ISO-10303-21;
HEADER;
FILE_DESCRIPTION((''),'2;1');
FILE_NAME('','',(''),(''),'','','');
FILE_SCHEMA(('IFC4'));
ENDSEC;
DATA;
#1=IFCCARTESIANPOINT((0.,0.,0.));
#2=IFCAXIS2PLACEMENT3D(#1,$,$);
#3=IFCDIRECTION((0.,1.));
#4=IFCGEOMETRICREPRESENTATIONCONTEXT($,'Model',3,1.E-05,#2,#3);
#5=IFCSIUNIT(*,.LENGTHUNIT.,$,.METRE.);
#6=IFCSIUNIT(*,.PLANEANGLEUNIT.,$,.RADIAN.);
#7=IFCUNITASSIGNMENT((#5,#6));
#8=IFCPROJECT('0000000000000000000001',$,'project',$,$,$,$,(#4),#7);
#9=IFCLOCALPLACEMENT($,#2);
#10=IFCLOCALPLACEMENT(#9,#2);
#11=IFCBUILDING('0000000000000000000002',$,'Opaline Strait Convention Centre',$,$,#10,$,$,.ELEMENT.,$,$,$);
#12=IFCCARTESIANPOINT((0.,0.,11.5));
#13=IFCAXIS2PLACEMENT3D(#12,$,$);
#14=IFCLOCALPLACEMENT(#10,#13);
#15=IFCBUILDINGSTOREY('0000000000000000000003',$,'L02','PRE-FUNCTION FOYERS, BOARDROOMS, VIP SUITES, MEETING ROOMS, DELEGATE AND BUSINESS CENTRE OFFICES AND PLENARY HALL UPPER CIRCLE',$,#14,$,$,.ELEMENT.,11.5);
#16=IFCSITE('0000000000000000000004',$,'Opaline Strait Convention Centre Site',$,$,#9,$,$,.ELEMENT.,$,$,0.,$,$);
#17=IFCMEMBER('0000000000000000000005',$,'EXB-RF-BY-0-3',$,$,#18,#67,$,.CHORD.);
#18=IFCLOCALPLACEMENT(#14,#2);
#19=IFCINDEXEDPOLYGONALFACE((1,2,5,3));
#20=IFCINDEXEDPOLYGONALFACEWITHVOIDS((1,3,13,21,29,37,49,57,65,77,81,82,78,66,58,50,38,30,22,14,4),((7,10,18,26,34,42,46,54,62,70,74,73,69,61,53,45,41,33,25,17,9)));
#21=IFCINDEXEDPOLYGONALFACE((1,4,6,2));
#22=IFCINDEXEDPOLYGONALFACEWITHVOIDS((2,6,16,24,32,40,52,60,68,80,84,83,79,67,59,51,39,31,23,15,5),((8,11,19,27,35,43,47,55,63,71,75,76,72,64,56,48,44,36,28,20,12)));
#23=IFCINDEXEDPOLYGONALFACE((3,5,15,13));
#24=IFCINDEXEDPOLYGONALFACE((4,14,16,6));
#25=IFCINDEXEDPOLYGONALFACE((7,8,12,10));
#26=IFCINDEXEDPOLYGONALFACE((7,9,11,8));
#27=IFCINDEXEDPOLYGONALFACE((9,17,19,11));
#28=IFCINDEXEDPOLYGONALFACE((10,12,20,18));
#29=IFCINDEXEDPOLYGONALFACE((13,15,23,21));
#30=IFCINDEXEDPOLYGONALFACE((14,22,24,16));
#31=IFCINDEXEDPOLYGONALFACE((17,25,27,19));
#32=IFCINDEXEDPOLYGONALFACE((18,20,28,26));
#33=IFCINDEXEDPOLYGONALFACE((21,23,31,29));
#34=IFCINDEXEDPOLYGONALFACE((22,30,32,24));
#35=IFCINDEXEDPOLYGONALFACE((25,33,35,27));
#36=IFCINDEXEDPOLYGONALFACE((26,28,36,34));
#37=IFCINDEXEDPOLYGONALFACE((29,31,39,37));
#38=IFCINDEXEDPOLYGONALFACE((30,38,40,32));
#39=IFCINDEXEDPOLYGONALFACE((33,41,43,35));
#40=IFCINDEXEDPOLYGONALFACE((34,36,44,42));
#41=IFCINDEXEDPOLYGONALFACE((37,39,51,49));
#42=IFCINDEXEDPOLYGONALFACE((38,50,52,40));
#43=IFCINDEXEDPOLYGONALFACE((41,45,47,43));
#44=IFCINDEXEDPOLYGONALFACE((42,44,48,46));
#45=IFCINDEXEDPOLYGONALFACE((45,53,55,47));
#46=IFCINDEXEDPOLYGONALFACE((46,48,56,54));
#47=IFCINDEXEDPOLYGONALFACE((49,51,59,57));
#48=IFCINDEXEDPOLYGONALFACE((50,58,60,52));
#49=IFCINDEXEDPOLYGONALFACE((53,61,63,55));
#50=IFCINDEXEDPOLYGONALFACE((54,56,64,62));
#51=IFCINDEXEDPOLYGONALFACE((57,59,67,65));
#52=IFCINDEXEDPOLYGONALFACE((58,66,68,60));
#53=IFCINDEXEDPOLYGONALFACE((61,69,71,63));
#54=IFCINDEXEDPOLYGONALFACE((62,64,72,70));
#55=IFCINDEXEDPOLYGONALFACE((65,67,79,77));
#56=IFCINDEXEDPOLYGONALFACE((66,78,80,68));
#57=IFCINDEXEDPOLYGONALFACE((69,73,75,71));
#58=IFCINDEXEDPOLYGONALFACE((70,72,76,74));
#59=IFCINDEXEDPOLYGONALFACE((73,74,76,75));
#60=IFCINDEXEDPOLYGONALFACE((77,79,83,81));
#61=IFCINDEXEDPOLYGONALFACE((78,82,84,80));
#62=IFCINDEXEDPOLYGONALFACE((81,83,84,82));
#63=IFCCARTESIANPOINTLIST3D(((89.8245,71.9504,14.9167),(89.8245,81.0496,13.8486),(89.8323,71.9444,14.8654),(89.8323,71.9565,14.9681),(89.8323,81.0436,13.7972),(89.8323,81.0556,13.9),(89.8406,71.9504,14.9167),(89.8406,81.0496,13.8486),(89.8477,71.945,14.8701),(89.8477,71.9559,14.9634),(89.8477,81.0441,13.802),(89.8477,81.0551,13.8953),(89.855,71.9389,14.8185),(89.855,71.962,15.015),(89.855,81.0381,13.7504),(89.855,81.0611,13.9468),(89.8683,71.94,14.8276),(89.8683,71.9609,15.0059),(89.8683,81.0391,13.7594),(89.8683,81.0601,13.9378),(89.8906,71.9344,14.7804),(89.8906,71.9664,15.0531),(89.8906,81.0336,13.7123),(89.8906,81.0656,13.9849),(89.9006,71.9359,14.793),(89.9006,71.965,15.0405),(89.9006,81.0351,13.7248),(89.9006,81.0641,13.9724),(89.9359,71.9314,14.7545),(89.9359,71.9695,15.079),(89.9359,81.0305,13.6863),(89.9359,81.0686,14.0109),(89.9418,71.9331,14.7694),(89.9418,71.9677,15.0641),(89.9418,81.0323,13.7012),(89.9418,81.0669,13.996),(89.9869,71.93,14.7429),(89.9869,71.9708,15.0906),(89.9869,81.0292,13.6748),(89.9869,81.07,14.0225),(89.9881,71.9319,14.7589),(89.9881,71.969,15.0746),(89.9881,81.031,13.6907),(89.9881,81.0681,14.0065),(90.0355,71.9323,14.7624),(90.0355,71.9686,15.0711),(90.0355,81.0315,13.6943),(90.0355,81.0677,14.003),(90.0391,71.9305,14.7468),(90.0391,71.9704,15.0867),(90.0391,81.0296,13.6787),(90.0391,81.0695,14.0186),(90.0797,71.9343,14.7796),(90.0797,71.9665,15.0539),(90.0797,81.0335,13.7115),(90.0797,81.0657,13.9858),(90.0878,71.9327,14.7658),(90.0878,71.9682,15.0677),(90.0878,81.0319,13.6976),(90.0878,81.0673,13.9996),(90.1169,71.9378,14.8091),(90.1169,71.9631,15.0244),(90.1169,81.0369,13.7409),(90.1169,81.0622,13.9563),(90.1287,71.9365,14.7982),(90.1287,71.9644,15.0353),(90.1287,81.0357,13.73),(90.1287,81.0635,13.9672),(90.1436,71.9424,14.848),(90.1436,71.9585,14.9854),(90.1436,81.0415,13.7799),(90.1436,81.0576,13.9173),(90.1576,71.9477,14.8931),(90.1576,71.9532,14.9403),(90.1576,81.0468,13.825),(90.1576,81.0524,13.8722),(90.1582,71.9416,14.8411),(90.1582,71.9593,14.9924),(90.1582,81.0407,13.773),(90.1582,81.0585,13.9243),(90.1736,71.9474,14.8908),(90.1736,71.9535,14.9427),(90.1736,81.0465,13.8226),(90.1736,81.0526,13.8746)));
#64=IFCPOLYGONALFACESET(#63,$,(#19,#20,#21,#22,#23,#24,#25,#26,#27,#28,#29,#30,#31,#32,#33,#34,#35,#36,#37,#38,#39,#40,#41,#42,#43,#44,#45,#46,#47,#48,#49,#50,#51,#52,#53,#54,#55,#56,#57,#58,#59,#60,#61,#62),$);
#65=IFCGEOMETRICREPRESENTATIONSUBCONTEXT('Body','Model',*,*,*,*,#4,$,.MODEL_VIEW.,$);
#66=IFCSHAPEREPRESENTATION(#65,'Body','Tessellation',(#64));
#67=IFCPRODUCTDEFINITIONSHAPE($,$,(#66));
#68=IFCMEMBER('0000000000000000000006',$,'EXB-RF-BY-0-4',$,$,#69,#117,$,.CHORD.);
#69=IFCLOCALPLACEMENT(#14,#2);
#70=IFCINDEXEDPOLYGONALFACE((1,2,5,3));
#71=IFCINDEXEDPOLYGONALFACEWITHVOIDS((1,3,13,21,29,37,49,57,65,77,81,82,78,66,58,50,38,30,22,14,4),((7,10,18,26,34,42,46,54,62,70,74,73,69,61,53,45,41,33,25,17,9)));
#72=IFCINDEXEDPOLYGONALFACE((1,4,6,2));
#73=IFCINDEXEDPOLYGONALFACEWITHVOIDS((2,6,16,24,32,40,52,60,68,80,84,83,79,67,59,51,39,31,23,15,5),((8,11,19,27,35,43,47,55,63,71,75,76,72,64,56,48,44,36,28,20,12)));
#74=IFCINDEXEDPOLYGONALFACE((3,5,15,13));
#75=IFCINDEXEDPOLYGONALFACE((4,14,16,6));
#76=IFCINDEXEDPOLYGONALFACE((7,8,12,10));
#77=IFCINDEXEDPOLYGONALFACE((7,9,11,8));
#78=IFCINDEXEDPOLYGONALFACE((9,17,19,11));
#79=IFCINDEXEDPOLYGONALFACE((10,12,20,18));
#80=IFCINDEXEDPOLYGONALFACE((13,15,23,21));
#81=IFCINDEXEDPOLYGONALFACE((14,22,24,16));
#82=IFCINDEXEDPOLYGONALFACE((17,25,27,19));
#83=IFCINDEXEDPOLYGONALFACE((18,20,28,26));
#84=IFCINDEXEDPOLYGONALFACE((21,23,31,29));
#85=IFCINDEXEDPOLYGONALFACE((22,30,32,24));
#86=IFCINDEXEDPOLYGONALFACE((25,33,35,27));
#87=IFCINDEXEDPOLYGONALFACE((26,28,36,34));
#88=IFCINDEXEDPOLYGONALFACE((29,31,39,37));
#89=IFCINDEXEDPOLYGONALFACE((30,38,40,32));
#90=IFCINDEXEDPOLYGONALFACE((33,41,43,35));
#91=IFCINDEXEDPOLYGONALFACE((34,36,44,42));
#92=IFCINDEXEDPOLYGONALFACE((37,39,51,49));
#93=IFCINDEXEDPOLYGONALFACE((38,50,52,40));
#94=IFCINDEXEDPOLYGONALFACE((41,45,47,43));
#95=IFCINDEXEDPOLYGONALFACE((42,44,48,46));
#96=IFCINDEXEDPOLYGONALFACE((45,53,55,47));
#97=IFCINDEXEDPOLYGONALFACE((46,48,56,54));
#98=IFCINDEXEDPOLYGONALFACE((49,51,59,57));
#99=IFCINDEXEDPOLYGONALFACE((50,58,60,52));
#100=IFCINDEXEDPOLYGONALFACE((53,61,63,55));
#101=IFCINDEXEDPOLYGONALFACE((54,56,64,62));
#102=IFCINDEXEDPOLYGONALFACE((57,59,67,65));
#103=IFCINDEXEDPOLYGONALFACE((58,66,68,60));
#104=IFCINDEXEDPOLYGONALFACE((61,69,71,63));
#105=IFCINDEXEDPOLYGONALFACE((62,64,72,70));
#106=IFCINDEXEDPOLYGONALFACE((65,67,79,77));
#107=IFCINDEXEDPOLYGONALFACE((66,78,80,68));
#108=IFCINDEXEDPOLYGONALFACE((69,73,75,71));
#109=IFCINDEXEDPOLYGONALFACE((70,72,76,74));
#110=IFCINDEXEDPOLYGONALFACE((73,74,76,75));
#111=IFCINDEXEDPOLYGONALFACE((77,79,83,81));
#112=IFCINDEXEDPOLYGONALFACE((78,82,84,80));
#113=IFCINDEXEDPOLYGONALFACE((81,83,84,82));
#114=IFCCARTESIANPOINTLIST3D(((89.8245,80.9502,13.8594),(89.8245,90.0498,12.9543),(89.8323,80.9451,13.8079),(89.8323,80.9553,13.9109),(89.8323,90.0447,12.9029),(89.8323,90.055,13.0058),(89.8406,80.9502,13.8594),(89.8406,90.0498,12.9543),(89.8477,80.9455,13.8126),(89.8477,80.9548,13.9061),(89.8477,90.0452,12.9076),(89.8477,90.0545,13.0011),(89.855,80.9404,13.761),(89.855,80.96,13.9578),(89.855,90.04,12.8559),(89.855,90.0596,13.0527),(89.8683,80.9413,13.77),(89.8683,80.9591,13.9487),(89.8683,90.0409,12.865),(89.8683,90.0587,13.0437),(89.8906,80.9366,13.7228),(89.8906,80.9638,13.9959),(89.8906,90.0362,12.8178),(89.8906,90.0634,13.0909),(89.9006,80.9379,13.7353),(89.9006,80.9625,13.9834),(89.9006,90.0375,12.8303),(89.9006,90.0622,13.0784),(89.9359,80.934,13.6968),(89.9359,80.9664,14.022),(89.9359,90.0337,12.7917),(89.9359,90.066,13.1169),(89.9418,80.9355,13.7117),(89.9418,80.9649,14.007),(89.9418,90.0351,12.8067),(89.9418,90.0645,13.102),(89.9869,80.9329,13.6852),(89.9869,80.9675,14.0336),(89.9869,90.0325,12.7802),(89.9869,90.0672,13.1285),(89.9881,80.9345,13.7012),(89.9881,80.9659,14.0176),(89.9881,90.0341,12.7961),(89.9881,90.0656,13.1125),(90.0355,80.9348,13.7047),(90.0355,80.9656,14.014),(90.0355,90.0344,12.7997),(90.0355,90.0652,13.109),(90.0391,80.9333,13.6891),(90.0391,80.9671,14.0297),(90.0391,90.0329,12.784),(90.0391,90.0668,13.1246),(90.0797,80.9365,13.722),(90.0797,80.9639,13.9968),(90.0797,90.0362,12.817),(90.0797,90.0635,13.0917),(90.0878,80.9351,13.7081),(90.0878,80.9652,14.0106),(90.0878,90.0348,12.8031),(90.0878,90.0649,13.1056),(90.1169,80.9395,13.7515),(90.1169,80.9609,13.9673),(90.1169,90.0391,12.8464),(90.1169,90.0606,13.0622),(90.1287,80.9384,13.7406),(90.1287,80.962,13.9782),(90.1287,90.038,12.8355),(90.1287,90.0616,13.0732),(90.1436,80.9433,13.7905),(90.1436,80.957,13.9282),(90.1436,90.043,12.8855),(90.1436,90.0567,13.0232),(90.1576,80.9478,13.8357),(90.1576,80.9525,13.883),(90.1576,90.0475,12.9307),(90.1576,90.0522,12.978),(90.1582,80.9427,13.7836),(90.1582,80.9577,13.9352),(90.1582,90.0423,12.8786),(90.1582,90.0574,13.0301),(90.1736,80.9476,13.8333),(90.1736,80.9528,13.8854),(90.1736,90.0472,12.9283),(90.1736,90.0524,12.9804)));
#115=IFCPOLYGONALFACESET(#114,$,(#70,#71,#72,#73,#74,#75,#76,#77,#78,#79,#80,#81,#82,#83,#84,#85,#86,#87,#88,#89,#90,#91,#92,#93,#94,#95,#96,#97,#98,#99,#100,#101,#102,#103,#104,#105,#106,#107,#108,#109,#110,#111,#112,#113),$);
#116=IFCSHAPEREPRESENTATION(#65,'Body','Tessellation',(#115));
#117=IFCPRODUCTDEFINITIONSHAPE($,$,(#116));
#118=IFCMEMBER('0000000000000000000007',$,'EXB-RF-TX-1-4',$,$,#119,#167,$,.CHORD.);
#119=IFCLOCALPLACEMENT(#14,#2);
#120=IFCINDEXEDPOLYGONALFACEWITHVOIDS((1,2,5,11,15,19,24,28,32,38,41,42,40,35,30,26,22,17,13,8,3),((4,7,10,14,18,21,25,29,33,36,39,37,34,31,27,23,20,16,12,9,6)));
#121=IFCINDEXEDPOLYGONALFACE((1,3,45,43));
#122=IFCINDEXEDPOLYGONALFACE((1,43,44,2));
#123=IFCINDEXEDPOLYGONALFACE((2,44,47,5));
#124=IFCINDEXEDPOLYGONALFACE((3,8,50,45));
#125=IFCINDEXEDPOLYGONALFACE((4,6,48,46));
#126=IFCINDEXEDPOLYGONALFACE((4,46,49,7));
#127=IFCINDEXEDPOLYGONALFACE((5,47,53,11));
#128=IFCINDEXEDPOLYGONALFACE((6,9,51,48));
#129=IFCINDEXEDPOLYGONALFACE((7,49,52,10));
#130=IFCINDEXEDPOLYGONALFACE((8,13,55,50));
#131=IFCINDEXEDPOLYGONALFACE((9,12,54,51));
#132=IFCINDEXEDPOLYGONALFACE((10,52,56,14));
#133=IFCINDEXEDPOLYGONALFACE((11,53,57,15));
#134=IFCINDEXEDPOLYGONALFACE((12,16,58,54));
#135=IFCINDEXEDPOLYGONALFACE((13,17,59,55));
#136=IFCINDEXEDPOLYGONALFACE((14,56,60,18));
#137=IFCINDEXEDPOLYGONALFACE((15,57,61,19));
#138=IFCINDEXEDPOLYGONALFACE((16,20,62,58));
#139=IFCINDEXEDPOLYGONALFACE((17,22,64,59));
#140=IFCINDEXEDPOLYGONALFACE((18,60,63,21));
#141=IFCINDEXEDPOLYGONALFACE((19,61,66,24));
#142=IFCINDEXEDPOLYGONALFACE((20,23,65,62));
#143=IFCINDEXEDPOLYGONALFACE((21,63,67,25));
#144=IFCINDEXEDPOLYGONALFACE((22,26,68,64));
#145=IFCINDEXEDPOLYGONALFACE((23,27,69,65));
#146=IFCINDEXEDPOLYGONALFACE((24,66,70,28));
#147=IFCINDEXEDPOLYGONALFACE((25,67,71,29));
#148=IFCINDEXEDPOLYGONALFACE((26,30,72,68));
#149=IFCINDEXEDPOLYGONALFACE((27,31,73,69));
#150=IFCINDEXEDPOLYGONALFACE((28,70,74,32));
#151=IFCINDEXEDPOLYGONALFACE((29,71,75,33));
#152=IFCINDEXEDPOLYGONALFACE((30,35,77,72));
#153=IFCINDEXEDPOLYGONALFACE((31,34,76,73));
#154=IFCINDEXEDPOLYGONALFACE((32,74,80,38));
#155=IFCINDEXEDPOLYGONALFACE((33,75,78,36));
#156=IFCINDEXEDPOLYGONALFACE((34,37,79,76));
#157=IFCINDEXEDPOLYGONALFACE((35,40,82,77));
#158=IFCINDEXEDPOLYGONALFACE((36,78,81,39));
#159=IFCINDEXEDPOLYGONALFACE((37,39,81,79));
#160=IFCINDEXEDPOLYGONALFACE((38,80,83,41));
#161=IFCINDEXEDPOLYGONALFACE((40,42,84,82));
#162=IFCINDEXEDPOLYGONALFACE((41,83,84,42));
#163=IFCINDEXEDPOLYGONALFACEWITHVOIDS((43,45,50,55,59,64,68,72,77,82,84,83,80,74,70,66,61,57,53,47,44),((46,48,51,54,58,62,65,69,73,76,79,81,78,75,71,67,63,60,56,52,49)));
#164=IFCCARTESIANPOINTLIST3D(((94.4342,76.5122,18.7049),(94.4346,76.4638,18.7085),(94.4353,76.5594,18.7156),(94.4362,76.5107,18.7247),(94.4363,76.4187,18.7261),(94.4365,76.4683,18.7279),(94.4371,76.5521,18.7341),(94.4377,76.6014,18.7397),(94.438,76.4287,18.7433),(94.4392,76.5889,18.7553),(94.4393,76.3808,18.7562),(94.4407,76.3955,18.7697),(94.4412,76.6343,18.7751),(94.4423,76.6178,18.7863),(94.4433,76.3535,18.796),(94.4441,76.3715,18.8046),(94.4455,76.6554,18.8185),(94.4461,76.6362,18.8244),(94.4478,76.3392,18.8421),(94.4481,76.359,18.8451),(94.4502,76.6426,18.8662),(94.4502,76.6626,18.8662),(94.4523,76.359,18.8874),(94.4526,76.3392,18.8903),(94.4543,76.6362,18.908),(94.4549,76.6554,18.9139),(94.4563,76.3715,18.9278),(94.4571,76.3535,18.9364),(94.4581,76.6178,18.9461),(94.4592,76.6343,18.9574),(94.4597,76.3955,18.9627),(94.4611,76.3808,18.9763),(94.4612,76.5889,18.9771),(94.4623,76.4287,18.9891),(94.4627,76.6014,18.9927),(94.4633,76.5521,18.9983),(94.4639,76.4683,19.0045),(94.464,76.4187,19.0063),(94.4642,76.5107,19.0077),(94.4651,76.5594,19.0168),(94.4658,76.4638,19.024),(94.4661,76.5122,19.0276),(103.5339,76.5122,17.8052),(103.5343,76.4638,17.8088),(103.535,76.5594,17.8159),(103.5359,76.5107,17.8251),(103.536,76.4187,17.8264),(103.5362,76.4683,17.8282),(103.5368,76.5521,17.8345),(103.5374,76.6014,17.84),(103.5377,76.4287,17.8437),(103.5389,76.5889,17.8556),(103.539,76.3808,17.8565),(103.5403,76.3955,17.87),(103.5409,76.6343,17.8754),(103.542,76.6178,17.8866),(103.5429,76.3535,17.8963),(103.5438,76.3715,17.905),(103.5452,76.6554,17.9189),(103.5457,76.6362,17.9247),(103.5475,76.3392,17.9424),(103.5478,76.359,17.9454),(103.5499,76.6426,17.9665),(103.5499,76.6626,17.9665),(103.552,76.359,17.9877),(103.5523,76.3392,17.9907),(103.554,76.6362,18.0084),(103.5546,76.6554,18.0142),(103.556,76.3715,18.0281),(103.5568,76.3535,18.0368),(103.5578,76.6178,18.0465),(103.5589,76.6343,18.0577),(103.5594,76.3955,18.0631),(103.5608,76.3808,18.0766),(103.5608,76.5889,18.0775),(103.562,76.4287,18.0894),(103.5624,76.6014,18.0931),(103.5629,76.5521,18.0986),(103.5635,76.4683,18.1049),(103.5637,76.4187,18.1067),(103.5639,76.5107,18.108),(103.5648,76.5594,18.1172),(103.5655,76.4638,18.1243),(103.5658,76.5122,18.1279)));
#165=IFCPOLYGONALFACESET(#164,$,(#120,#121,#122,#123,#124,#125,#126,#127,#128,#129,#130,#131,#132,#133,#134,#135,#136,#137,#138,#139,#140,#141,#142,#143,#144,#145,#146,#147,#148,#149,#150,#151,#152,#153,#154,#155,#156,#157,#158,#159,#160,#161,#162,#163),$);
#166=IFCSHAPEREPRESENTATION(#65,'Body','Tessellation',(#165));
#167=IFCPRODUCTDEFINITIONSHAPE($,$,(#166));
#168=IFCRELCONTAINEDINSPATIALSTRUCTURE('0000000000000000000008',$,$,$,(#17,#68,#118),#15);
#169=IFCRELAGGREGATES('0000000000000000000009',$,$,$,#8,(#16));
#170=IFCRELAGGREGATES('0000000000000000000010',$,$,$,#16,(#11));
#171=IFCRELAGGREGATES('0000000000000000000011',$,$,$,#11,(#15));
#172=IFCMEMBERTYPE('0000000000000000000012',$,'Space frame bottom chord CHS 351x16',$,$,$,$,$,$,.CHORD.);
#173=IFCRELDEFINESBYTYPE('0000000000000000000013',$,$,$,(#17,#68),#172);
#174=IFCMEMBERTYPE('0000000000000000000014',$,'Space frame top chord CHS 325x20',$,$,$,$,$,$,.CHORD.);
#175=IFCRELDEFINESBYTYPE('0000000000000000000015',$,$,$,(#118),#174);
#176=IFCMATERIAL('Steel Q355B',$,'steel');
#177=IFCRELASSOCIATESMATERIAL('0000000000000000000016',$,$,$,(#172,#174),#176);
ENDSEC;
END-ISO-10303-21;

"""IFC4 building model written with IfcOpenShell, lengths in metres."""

from ifc_helpers import new_model, si_unit, direction, frame, origin, origin_2d, place, context, subcontext, project, spatial, hollow_circle, extrude, material, material_profile, profile_set, type_object, element, save


model = new_model("IFC4")

# Units and contexts
model_context = context("Model", 3, precision=1e-05, world=origin(), true_north=direction((0.0, 1.0)))
body_context = subcontext(model_context, "Body", "Model", "MODEL_VIEW")
ifc_project = project(units=[si_unit("LENGTHUNIT", "METRE"), si_unit("PLANEANGLEUNIT", "RADIAN")], contexts=[model_context])

# Site, building, storey
site_placement = place(None, origin())
site = spatial("IfcSite", under=ifc_project, at=site_placement, Name="Opaline Strait Convention Centre Site", CompositionType="ELEMENT", RefElevation=0.0)
building_placement = place(site_placement, origin())
building = spatial("IfcBuilding", under=site, at=building_placement, Name="Opaline Strait Convention Centre", CompositionType="ELEMENT")
storey_placement = place(building_placement, frame((0.0, 0.0, 11.5)))
storey = spatial("IfcBuildingStorey", under=building, at=storey_placement, Name="L02", Description="PRE-FUNCTION FOYERS, BOARDROOMS, VIP SUITES, MEETING ROOMS, DELEGATE AND BUSINESS CENTRE OFFICES AND PLENARY HALL UPPER CIRCLE", CompositionType="ELEMENT", Elevation=11.5)

# Members
ifc_material_1 = material(Name="Steel Q355B", Category="steel")
ifc_material_profile_1 = material_profile(ifc_material_1, hollow_circle(Radius=0.1755, WallThickness=0.0161, at=origin_2d()), Name="CHS 351x16")
ifc_profile_set_1 = profile_set([ifc_material_profile_1], Name="Steel Q355B")
member_type_1 = type_object("IfcMemberType", Name="Space frame bottom chord CHS 351x16", PredefinedType="CHORD", material=ifc_profile_set_1)
member_1_placement = place(storey_placement, frame((90.0, 71.9504, 14.9167), z_axis=(0.0, 0.993181, -0.116586), x_axis=(-1.0, 0.0, 0.0)))
element("IfcMember", 1, at=member_1_placement, inside=storey, type_object=member_type_1, Name="EXB-RF-BY-0-3", PredefinedType="CHORD", context=body_context, shape_type="SweptSolid", body=[
    extrude(hollow_circle(Radius=0.1755, WallThickness=0.0161, at=origin_2d()), origin(), (0.0, 0.0, 1.0), 9.1616),
])
member_2_placement = place(storey_placement, frame((90.0, 80.9502, 13.8594), z_axis=(0.0, 0.99509, -0.09897), x_axis=(-1.0, 0.0, 0.0)))
element("IfcMember", 2, at=member_2_placement, inside=storey, type_object=member_type_1, Name="EXB-RF-BY-0-4", PredefinedType="CHORD", context=body_context, shape_type="SweptSolid", body=[
    extrude(hollow_circle(Radius=0.1755, WallThickness=0.0161, at=origin_2d()), origin(), (0.0, 0.0, 1.0), 9.1445),
])
ifc_material_profile_2 = material_profile(ifc_material_1, hollow_circle(Radius=0.1626, WallThickness=0.02, at=origin_2d()), Name="CHS 325x20")
ifc_profile_set_2 = profile_set([ifc_material_profile_2], Name="Steel Q355B")
member_type_2 = type_object("IfcMemberType", Name="Space frame top chord CHS 325x20", PredefinedType="CHORD", material=ifc_profile_set_2)
member_3_placement = place(storey_placement, frame((94.4502, 76.5, 18.8662), z_axis=(0.995148, 0.0, -0.098388), x_axis=(0.0, 1.0, 0.0)))
element("IfcMember", 3, at=member_3_placement, inside=storey, type_object=member_type_2, Name="EXB-RF-TX-1-4", PredefinedType="CHORD", context=body_context, shape_type="SweptSolid", body=[
    extrude(hollow_circle(Radius=0.1626, WallThickness=0.02, at=origin_2d()), origin(), (0.0, 0.0, 1.0), 9.144),
])

save(model, "model.ifc")
